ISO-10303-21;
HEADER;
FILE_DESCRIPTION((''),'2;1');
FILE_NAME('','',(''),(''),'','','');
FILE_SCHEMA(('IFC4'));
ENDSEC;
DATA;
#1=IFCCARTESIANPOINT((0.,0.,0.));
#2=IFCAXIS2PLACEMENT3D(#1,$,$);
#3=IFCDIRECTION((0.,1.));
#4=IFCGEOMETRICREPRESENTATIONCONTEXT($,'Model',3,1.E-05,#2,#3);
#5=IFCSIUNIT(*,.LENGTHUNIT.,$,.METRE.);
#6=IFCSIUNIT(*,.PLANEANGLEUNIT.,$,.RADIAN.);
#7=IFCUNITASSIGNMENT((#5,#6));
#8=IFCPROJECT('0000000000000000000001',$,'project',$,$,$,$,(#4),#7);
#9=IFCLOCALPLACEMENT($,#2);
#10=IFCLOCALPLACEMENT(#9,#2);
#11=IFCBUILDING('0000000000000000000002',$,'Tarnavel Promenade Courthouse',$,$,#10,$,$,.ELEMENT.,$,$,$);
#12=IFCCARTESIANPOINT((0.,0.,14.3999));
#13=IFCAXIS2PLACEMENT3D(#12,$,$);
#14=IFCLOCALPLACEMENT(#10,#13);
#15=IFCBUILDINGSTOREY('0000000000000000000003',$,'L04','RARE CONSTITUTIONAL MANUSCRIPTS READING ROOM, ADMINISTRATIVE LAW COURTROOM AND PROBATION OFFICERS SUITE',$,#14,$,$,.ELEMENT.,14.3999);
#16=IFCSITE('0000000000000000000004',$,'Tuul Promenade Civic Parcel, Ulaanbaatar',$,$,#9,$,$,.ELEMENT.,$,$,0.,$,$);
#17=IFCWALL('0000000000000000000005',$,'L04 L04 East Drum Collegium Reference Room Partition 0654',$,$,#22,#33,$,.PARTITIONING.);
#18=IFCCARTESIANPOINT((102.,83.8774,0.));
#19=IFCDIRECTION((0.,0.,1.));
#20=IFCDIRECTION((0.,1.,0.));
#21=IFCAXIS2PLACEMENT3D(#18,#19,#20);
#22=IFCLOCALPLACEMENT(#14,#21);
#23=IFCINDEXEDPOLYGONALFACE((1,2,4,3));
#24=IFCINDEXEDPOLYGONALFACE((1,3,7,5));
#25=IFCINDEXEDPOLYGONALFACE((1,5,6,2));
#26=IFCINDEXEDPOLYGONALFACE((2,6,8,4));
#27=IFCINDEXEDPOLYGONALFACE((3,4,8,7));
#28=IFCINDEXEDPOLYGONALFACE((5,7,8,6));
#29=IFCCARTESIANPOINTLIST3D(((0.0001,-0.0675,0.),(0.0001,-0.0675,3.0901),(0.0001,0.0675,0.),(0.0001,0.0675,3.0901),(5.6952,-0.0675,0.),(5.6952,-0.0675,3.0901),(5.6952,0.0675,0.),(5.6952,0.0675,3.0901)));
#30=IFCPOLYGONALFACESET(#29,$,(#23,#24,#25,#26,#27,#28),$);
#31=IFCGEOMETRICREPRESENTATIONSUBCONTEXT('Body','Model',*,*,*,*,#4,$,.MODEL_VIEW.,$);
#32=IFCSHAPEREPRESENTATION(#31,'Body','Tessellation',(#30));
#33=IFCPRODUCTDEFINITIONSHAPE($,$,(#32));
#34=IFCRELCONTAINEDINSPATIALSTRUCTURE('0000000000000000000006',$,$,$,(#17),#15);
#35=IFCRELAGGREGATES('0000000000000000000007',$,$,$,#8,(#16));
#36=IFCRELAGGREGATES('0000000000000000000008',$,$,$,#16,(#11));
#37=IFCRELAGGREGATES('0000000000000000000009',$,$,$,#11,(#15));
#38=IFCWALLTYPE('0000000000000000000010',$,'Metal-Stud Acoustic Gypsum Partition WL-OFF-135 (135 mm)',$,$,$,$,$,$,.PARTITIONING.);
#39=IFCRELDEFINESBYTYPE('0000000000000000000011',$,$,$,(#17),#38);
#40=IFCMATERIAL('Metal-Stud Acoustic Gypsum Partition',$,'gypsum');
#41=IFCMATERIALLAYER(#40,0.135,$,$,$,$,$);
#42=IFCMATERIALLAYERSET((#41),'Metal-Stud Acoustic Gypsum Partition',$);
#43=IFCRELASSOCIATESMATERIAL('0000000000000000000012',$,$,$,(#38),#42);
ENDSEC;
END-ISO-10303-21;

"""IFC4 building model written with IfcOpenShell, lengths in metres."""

from ifc_helpers import new_model, si_unit, direction, frame, frame_2d, origin, place, context, subcontext, project, spatial, rectangle, extrude, material, layer, layer_set, type_object, element, save


model = new_model("IFC4")

# Units and contexts
model_context = context("Model", 3, precision=1e-05, world=origin(), true_north=direction((0.0, 1.0)))
body_context = subcontext(model_context, "Body", "Model", "MODEL_VIEW")
ifc_project = project(units=[si_unit("LENGTHUNIT", "METRE"), si_unit("PLANEANGLEUNIT", "RADIAN")], contexts=[model_context])

# Site, building, storey
site_placement = place(None, origin())
site = spatial("IfcSite", under=ifc_project, at=site_placement, Name="Tuul Promenade Civic Parcel, Ulaanbaatar", CompositionType="ELEMENT", RefElevation=0.0)
building_placement = place(site_placement, origin())
building = spatial("IfcBuilding", under=site, at=building_placement, Name="Tarnavel Promenade Courthouse", CompositionType="ELEMENT")
storey_placement = place(building_placement, frame((0.0, 0.0, 14.3999)))
storey = spatial("IfcBuildingStorey", under=building, at=storey_placement, Name="L04", Description="RARE CONSTITUTIONAL MANUSCRIPTS READING ROOM, ADMINISTRATIVE LAW COURTROOM AND PROBATION OFFICERS SUITE", CompositionType="ELEMENT", Elevation=14.3999)

# Wall
ifc_material_1 = material(Name="Metal-Stud Acoustic Gypsum Partition", Category="gypsum")
ifc_layer_1 = layer(ifc_material_1, 0.135)
ifc_layer_set_1 = layer_set([ifc_layer_1], Name="Metal-Stud Acoustic Gypsum Partition")
wall_type_1 = type_object("IfcWallType", Name="Metal-Stud Acoustic Gypsum Partition WL-OFF-135 (135 mm)", PredefinedType="PARTITIONING", material=ifc_layer_set_1)
wall_1_placement = place(storey_placement, frame((102.0, 83.8774, 0.0), z_axis=(0.0, 0.0, 1.0), x_axis=(0.0, 1.0, 0.0)))
element("IfcWall", 1, at=wall_1_placement, inside=storey, type_object=wall_type_1, Name="L04 L04 East Drum Collegium Reference Room Partition 0654", PredefinedType="PARTITIONING", context=body_context, shape_type="SweptSolid", body=[
    extrude(rectangle(XDim=5.6951, YDim=0.135, at=frame_2d((2.8477, 0.0))), origin(), (0.0, 0.0, 1.0), 3.0901),
])

save(model, "model.ifc")
